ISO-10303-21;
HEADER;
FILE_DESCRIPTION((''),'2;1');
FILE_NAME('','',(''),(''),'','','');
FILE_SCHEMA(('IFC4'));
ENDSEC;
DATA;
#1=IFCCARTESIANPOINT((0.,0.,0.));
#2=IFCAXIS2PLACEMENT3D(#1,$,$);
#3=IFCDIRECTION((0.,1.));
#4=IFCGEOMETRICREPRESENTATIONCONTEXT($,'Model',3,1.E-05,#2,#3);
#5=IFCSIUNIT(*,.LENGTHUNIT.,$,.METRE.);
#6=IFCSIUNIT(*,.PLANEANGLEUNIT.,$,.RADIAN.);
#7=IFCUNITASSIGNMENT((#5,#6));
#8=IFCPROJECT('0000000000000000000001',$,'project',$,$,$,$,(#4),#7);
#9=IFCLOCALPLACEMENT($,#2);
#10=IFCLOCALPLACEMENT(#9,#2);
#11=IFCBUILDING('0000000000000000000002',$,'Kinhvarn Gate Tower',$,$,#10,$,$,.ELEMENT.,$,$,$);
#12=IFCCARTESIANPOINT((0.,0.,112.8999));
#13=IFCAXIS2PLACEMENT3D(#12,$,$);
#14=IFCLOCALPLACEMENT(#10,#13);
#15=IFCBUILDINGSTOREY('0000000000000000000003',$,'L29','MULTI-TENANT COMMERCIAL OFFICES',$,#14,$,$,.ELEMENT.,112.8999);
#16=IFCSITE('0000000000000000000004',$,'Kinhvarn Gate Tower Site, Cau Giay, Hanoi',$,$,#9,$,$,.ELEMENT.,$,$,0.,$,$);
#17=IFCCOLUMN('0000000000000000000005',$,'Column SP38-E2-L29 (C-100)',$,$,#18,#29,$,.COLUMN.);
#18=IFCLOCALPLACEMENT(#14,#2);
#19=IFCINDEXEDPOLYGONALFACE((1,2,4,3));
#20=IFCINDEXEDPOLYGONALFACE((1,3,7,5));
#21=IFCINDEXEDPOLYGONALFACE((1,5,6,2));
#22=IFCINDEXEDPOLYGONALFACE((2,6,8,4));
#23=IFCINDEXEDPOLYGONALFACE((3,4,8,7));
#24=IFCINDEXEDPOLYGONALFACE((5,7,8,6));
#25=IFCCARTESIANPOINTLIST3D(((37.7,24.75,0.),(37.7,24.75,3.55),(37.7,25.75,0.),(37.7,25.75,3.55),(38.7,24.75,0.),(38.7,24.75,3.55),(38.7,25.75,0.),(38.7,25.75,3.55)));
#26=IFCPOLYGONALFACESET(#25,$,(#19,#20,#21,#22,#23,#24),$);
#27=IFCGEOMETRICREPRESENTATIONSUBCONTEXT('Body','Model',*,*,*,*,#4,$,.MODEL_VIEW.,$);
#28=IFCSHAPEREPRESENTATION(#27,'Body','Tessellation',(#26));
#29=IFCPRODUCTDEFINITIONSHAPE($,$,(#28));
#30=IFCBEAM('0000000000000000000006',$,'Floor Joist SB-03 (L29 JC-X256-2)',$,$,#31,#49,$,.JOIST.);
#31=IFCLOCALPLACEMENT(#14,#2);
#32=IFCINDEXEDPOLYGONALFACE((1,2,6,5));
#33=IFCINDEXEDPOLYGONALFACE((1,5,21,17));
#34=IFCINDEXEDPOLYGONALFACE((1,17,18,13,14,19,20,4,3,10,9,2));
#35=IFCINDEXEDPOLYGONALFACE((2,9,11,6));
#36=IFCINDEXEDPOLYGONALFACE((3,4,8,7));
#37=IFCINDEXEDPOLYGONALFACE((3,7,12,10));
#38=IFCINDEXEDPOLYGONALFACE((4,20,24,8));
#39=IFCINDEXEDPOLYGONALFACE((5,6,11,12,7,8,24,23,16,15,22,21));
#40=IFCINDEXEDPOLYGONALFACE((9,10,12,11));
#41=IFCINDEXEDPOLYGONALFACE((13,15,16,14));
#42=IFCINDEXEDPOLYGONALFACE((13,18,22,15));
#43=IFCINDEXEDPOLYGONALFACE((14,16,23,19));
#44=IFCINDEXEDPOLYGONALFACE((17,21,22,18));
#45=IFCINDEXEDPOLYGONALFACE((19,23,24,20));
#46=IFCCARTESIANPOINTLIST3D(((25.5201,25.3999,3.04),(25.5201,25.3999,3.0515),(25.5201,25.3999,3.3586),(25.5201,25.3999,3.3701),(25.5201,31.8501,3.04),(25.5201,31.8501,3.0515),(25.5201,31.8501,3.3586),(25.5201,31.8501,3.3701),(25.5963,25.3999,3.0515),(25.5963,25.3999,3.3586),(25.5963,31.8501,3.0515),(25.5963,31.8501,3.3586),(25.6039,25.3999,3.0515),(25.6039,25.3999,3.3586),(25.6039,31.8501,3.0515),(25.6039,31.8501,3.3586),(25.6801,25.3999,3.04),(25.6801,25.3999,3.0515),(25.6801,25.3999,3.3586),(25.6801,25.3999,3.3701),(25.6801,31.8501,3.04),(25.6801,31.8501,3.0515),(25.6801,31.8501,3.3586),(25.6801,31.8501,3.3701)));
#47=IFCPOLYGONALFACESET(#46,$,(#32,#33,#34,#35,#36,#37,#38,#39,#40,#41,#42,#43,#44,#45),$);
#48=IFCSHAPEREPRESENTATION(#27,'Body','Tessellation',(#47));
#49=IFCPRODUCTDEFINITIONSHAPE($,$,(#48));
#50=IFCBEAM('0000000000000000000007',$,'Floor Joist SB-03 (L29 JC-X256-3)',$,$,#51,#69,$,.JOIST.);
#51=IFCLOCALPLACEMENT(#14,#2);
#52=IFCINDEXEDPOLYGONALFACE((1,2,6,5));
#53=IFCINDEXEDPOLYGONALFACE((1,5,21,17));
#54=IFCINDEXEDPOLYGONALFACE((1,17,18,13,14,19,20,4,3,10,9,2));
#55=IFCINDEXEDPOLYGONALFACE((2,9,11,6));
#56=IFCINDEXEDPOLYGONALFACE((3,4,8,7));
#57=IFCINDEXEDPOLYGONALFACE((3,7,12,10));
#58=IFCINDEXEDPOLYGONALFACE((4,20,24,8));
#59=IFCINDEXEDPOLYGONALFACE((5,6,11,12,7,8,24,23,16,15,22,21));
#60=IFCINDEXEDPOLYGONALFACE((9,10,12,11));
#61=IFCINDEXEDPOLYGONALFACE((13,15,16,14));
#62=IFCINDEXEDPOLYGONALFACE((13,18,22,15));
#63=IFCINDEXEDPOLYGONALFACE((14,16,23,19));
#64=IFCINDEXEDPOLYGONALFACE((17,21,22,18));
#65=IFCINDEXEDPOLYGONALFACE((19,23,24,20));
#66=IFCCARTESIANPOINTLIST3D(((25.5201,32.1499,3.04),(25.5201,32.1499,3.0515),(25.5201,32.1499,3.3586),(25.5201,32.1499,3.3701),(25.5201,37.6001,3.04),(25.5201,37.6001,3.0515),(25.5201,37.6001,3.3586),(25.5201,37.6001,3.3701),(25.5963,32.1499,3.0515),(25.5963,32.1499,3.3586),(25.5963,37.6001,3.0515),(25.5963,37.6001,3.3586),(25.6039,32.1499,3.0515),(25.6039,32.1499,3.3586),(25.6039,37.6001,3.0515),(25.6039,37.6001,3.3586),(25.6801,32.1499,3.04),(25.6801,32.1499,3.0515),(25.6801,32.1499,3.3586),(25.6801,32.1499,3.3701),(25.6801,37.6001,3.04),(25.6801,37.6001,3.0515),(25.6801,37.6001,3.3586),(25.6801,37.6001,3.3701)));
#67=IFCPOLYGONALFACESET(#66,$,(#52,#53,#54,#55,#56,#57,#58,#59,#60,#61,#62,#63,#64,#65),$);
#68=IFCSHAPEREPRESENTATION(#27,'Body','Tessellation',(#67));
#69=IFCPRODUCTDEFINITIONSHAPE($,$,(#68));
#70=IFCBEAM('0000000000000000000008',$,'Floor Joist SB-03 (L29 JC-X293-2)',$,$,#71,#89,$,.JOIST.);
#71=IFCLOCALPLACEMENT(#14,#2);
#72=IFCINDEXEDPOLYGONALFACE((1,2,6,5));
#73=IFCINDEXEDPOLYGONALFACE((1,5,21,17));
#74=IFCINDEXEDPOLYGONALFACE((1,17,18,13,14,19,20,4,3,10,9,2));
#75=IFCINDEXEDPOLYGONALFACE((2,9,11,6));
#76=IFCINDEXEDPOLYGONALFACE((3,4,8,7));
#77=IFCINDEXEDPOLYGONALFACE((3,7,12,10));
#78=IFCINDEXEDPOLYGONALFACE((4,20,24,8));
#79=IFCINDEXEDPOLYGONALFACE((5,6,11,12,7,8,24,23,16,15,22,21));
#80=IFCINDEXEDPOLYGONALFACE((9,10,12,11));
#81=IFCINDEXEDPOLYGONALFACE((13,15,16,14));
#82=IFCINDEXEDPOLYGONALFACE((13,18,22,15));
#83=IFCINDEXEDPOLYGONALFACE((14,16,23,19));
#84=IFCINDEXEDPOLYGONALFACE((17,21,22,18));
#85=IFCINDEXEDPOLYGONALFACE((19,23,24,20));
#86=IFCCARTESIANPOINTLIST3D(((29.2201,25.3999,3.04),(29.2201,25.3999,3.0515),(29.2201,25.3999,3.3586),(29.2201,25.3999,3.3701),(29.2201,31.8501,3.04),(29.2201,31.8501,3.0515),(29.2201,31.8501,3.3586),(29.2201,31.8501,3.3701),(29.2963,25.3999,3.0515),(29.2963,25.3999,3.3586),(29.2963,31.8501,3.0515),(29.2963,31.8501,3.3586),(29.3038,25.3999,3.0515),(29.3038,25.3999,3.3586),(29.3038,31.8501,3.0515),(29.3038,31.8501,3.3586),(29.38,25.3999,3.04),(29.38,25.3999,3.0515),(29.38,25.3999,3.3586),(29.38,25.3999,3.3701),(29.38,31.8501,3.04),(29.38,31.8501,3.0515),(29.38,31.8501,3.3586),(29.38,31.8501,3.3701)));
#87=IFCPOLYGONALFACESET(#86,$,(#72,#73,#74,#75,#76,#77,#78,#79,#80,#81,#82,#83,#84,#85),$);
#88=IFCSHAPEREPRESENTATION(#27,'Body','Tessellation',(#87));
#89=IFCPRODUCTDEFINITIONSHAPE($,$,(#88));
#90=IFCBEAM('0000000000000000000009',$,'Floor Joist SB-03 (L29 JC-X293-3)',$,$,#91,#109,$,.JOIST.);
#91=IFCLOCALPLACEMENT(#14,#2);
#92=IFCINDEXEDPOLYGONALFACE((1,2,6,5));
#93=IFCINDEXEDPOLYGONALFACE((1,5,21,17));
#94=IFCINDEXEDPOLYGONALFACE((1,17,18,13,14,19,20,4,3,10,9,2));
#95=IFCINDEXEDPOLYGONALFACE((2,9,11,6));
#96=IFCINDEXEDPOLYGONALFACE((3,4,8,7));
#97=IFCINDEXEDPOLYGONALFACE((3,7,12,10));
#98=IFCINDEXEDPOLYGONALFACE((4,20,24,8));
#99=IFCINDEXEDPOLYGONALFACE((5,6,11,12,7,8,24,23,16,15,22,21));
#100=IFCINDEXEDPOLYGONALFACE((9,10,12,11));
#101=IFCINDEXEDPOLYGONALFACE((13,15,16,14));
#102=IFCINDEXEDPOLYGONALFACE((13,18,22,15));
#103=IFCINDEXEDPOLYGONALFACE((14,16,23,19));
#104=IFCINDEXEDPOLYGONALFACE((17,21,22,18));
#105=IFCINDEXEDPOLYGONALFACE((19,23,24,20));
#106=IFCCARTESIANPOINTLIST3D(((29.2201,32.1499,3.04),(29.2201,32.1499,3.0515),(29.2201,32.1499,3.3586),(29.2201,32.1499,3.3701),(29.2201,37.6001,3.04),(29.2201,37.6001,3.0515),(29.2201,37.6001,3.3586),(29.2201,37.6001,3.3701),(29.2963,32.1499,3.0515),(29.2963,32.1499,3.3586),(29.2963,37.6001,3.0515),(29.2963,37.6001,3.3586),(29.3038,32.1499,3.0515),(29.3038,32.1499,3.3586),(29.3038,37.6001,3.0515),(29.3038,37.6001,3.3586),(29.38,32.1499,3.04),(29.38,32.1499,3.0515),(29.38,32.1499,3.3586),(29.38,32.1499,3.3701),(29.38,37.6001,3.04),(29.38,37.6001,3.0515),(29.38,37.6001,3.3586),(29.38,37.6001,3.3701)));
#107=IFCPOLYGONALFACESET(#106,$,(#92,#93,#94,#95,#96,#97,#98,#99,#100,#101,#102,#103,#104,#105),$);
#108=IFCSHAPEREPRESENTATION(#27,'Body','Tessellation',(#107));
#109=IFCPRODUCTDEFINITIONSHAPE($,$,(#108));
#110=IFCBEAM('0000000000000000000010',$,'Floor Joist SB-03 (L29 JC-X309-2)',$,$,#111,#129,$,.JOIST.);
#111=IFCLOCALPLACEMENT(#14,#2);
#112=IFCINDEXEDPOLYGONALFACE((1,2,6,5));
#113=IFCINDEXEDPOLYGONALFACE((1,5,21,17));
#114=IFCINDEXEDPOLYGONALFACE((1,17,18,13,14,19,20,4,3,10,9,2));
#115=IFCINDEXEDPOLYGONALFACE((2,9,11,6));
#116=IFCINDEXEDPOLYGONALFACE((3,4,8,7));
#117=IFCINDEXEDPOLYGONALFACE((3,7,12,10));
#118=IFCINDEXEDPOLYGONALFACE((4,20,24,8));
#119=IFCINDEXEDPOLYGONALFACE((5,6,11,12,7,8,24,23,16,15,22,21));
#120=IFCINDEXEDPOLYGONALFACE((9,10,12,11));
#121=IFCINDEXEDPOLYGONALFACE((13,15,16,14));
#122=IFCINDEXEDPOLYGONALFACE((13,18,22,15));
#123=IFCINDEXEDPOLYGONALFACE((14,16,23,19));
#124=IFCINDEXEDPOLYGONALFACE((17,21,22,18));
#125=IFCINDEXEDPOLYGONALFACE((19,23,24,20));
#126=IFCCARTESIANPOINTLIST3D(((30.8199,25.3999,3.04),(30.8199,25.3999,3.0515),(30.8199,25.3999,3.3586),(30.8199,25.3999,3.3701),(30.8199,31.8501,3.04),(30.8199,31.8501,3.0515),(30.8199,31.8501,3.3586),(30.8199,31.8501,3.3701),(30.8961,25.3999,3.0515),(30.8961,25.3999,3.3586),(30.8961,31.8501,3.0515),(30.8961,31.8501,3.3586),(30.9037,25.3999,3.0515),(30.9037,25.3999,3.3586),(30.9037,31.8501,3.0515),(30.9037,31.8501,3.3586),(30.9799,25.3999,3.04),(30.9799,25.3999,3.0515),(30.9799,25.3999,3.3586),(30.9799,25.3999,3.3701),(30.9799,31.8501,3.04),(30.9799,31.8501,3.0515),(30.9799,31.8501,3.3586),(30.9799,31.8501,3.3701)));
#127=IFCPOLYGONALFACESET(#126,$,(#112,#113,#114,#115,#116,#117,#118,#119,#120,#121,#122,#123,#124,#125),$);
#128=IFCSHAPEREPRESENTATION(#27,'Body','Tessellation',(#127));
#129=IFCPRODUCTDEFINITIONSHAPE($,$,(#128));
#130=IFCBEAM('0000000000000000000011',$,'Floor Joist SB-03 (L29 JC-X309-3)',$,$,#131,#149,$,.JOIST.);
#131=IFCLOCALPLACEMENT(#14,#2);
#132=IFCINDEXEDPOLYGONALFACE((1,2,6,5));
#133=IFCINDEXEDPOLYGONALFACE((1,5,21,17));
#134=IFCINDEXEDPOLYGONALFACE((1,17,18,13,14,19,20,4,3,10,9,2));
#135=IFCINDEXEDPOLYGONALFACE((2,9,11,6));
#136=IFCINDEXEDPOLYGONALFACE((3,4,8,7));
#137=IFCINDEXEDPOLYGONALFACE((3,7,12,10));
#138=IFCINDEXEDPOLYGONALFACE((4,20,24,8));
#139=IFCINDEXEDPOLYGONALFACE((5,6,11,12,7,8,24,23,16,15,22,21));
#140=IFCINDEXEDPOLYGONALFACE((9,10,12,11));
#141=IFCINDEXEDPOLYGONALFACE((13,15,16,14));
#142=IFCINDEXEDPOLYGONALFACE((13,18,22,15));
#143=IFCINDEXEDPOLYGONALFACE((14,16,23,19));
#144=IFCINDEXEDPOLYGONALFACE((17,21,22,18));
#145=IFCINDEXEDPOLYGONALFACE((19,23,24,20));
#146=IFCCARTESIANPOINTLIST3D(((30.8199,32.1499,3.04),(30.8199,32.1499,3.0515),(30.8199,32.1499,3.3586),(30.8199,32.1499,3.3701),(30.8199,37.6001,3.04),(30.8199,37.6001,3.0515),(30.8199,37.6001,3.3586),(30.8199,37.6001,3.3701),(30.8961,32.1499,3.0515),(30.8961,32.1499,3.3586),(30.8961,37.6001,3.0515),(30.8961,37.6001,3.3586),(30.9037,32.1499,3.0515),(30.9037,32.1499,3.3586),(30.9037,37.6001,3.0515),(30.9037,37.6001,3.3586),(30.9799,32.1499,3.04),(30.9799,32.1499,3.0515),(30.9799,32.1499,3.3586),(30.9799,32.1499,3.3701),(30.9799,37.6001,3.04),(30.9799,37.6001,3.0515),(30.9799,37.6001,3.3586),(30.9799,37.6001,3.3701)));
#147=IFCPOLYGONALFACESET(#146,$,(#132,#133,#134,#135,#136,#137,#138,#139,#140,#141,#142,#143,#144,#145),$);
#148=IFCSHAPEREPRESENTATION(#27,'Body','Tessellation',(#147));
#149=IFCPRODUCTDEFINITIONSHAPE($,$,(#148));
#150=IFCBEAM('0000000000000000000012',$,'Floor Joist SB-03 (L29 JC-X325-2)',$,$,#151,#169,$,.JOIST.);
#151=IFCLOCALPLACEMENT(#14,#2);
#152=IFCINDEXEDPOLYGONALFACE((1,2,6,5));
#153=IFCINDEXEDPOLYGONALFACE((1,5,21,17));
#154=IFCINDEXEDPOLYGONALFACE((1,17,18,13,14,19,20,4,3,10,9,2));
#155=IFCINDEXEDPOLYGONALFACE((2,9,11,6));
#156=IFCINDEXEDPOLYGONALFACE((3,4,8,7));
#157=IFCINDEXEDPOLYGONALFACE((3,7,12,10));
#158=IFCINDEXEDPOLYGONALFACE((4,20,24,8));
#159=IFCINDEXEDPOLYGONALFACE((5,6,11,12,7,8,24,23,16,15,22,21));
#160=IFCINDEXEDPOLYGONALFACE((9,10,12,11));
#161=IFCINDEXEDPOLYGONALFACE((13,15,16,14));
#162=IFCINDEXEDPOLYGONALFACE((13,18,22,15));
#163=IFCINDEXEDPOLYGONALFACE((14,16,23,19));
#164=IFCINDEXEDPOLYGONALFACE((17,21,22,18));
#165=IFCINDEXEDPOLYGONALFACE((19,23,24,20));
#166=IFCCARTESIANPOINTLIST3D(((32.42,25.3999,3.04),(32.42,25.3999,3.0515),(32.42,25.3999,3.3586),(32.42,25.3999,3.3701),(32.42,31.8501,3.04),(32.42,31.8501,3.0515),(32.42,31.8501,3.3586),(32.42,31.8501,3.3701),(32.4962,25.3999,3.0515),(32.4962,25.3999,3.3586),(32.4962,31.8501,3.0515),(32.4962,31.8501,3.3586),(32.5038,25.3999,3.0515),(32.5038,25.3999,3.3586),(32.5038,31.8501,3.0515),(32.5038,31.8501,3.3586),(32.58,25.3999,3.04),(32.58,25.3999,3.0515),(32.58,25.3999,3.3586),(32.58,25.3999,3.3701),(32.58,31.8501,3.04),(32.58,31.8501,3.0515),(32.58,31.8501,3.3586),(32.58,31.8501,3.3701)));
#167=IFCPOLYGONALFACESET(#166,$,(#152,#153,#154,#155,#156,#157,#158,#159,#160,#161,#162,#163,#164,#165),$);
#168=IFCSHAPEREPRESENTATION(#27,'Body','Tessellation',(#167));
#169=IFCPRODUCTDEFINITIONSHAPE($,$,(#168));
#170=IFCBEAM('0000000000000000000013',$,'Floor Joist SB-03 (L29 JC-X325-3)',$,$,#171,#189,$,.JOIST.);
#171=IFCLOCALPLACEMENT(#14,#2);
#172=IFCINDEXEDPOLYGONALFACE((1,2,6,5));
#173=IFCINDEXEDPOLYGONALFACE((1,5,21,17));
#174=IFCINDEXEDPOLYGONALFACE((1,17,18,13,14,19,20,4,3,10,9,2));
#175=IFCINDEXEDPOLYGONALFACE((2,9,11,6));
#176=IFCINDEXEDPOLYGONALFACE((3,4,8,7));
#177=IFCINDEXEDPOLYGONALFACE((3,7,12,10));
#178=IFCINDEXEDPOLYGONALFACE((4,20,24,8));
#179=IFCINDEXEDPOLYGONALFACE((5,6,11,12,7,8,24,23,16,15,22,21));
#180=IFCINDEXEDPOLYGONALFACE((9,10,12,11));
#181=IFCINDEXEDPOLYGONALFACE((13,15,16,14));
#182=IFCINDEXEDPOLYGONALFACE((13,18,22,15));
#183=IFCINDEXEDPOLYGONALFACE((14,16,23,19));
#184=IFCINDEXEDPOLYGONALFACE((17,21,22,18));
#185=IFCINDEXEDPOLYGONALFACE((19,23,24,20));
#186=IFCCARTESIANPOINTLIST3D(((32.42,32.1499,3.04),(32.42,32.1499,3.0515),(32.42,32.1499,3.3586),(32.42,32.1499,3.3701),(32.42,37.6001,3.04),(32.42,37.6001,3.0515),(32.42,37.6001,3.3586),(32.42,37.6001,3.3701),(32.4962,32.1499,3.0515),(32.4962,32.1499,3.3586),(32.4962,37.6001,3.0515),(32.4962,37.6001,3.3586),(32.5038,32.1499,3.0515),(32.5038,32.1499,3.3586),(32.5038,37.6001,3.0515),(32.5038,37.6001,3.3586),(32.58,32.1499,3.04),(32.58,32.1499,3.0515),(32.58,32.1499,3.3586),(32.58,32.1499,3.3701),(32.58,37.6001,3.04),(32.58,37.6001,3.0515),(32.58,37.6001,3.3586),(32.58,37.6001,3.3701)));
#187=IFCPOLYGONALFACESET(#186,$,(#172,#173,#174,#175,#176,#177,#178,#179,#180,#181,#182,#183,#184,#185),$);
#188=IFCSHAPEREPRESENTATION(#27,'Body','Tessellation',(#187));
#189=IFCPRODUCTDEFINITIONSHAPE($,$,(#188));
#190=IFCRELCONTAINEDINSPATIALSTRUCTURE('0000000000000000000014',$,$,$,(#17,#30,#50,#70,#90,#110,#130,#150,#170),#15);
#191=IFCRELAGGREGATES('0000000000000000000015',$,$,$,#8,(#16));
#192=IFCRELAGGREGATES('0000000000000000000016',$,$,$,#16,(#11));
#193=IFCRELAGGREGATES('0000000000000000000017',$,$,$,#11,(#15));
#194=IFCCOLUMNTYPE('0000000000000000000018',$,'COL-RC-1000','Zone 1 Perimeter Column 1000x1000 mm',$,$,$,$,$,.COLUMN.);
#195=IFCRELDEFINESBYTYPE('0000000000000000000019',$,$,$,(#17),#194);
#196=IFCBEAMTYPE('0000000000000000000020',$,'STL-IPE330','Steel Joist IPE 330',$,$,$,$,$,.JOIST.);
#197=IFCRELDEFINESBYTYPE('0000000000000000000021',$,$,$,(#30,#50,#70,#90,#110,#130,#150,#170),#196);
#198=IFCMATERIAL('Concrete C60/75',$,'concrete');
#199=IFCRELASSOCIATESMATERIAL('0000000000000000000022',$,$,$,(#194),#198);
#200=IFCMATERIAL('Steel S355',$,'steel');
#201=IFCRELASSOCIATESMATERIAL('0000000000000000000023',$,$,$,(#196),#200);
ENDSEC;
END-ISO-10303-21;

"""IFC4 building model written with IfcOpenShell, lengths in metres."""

from ifc_helpers import new_model, si_unit, direction, frame, origin, origin_2d, place, context, subcontext, project, spatial, rectangle, i_section, extrude, material, material_profile, profile_set, type_object, element, save


model = new_model("IFC4")

# Units and contexts
model_context = context("Model", 3, precision=1e-05, world=origin(), true_north=direction((0.0, 1.0)))
body_context = subcontext(model_context, "Body", "Model", "MODEL_VIEW")
ifc_project = project(units=[si_unit("LENGTHUNIT", "METRE"), si_unit("PLANEANGLEUNIT", "RADIAN")], contexts=[model_context])

# Site, building, storey
site_placement = place(None, origin())
site = spatial("IfcSite", under=ifc_project, at=site_placement, Name="Kinhvarn Gate Tower Site, Cau Giay, Hanoi", CompositionType="ELEMENT", RefElevation=0.0)
building_placement = place(site_placement, origin())
building = spatial("IfcBuilding", under=site, at=building_placement, Name="Kinhvarn Gate Tower", CompositionType="ELEMENT")
storey_placement = place(building_placement, frame((0.0, 0.0, 112.8999)))
storey = spatial("IfcBuildingStorey", under=building, at=storey_placement, Name="L29", Description="MULTI-TENANT COMMERCIAL OFFICES", CompositionType="ELEMENT", Elevation=112.8999)

# Column
ifc_material_1 = material(Name="Concrete C60/75", Category="concrete")
ifc_material_profile_1 = material_profile(ifc_material_1, rectangle(XDim=1.0, YDim=1.0, at=origin_2d()), Name="RC 1000x1000")
ifc_profile_set_1 = profile_set([ifc_material_profile_1], Name="Concrete C60/75")
column_type = type_object("IfcColumnType", Name="COL-RC-1000", Description="Zone 1 Perimeter Column 1000x1000 mm", PredefinedType="COLUMN", material=ifc_profile_set_1)
column_placement = place(storey_placement, frame((38.2, 25.25, 0.0), z_axis=(0.0, 0.0, 1.0), x_axis=(1.0, 0.0, 0.0)))
element("IfcColumn", 1, at=column_placement, inside=storey, type_object=column_type, Name="Column SP38-E2-L29 (C-100)", PredefinedType="COLUMN", context=body_context, shape_type="SweptSolid", body=[
    extrude(rectangle(XDim=1.0, YDim=1.0, at=origin_2d()), origin(), (0.0, 0.0, 1.0), 3.55),
])

# Beams
ifc_material_2 = material(Name="Steel S355", Category="steel")
ifc_material_profile_2 = material_profile(ifc_material_2, i_section(OverallWidth=0.1599, OverallDepth=0.3301, WebThickness=0.0076, FlangeThickness=0.0115, at=origin_2d()), Name="IPE 330")
ifc_profile_set_2 = profile_set([ifc_material_profile_2], Name="Steel S355")
beam_type = type_object("IfcBeamType", Name="STL-IPE330", Description="Steel Joist IPE 330", PredefinedType="JOIST", material=ifc_profile_set_2)
beam_1_placement = place(storey_placement, frame((25.6001, 25.3999, 3.2051), z_axis=(0.0, 1.0, 0.0), x_axis=(-1.0, 0.0, 0.0)))
element("IfcBeam", 2, at=beam_1_placement, inside=storey, type_object=beam_type, Name="Floor Joist SB-03 (L29 JC-X256-2)", PredefinedType="JOIST", context=body_context, shape_type="SweptSolid", body=[
    extrude(i_section(OverallWidth=0.1599, OverallDepth=0.3301, WebThickness=0.0076, FlangeThickness=0.0115, at=origin_2d()), origin(), (0.0, 0.0, 1.0), 6.4502),
])
beam_2_placement = place(storey_placement, frame((25.6001, 32.1499, 3.2051), z_axis=(0.0, 1.0, 0.0), x_axis=(-1.0, 0.0, 0.0)))
element("IfcBeam", 3, at=beam_2_placement, inside=storey, type_object=beam_type, Name="Floor Joist SB-03 (L29 JC-X256-3)", PredefinedType="JOIST", context=body_context, shape_type="SweptSolid", body=[
    extrude(i_section(OverallWidth=0.1599, OverallDepth=0.3301, WebThickness=0.0076, FlangeThickness=0.0115, at=origin_2d()), origin(), (0.0, 0.0, 1.0), 5.4502),
])
beam_3_placement = place(storey_placement, frame((29.3, 25.3999, 3.2051), z_axis=(0.0, 1.0, 0.0), x_axis=(-1.0, 0.0, 0.0)))
element("IfcBeam", 4, at=beam_3_placement, inside=storey, type_object=beam_type, Name="Floor Joist SB-03 (L29 JC-X293-2)", PredefinedType="JOIST", context=body_context, shape_type="SweptSolid", body=[
    extrude(i_section(OverallWidth=0.1599, OverallDepth=0.3301, WebThickness=0.0076, FlangeThickness=0.0115, at=origin_2d()), origin(), (0.0, 0.0, 1.0), 6.4502),
])
beam_4_placement = place(storey_placement, frame((29.3, 32.1499, 3.2051), z_axis=(0.0, 1.0, 0.0), x_axis=(-1.0, 0.0, 0.0)))
element("IfcBeam", 5, at=beam_4_placement, inside=storey, type_object=beam_type, Name="Floor Joist SB-03 (L29 JC-X293-3)", PredefinedType="JOIST", context=body_context, shape_type="SweptSolid", body=[
    extrude(i_section(OverallWidth=0.1599, OverallDepth=0.3301, WebThickness=0.0076, FlangeThickness=0.0115, at=origin_2d()), origin(), (0.0, 0.0, 1.0), 5.4502),
])
beam_5_placement = place(storey_placement, frame((30.8999, 25.3999, 3.2051), z_axis=(0.0, 1.0, 0.0), x_axis=(-1.0, 0.0, 0.0)))
element("IfcBeam", 6, at=beam_5_placement, inside=storey, type_object=beam_type, Name="Floor Joist SB-03 (L29 JC-X309-2)", PredefinedType="JOIST", context=body_context, shape_type="SweptSolid", body=[
    extrude(i_section(OverallWidth=0.1599, OverallDepth=0.3301, WebThickness=0.0076, FlangeThickness=0.0115, at=origin_2d()), origin(), (0.0, 0.0, 1.0), 6.4502),
])
beam_6_placement = place(storey_placement, frame((30.8999, 32.1499, 3.2051), z_axis=(0.0, 1.0, 0.0), x_axis=(-1.0, 0.0, 0.0)))
element("IfcBeam", 7, at=beam_6_placement, inside=storey, type_object=beam_type, Name="Floor Joist SB-03 (L29 JC-X309-3)", PredefinedType="JOIST", context=body_context, shape_type="SweptSolid", body=[
    extrude(i_section(OverallWidth=0.1599, OverallDepth=0.3301, WebThickness=0.0076, FlangeThickness=0.0115, at=origin_2d()), origin(), (0.0, 0.0, 1.0), 5.4502),
])
beam_7_placement = place(storey_placement, frame((32.5, 25.3999, 3.2051), z_axis=(0.0, 1.0, 0.0), x_axis=(-1.0, 0.0, 0.0)))
element("IfcBeam", 8, at=beam_7_placement, inside=storey, type_object=beam_type, Name="Floor Joist SB-03 (L29 JC-X325-2)", PredefinedType="JOIST", context=body_context, shape_type="SweptSolid", body=[
    extrude(i_section(OverallWidth=0.1599, OverallDepth=0.3301, WebThickness=0.0076, FlangeThickness=0.0115, at=origin_2d()), origin(), (0.0, 0.0, 1.0), 6.4502),
])
beam_8_placement = place(storey_placement, frame((32.5, 32.1499, 3.2051), z_axis=(0.0, 1.0, 0.0), x_axis=(-1.0, 0.0, 0.0)))
element("IfcBeam", 9, at=beam_8_placement, inside=storey, type_object=beam_type, Name="Floor Joist SB-03 (L29 JC-X325-3)", PredefinedType="JOIST", context=body_context, shape_type="SweptSolid", body=[
    extrude(i_section(OverallWidth=0.1599, OverallDepth=0.3301, WebThickness=0.0076, FlangeThickness=0.0115, at=origin_2d()), origin(), (0.0, 0.0, 1.0), 5.4502),
])

save(model, "model.ifc")
